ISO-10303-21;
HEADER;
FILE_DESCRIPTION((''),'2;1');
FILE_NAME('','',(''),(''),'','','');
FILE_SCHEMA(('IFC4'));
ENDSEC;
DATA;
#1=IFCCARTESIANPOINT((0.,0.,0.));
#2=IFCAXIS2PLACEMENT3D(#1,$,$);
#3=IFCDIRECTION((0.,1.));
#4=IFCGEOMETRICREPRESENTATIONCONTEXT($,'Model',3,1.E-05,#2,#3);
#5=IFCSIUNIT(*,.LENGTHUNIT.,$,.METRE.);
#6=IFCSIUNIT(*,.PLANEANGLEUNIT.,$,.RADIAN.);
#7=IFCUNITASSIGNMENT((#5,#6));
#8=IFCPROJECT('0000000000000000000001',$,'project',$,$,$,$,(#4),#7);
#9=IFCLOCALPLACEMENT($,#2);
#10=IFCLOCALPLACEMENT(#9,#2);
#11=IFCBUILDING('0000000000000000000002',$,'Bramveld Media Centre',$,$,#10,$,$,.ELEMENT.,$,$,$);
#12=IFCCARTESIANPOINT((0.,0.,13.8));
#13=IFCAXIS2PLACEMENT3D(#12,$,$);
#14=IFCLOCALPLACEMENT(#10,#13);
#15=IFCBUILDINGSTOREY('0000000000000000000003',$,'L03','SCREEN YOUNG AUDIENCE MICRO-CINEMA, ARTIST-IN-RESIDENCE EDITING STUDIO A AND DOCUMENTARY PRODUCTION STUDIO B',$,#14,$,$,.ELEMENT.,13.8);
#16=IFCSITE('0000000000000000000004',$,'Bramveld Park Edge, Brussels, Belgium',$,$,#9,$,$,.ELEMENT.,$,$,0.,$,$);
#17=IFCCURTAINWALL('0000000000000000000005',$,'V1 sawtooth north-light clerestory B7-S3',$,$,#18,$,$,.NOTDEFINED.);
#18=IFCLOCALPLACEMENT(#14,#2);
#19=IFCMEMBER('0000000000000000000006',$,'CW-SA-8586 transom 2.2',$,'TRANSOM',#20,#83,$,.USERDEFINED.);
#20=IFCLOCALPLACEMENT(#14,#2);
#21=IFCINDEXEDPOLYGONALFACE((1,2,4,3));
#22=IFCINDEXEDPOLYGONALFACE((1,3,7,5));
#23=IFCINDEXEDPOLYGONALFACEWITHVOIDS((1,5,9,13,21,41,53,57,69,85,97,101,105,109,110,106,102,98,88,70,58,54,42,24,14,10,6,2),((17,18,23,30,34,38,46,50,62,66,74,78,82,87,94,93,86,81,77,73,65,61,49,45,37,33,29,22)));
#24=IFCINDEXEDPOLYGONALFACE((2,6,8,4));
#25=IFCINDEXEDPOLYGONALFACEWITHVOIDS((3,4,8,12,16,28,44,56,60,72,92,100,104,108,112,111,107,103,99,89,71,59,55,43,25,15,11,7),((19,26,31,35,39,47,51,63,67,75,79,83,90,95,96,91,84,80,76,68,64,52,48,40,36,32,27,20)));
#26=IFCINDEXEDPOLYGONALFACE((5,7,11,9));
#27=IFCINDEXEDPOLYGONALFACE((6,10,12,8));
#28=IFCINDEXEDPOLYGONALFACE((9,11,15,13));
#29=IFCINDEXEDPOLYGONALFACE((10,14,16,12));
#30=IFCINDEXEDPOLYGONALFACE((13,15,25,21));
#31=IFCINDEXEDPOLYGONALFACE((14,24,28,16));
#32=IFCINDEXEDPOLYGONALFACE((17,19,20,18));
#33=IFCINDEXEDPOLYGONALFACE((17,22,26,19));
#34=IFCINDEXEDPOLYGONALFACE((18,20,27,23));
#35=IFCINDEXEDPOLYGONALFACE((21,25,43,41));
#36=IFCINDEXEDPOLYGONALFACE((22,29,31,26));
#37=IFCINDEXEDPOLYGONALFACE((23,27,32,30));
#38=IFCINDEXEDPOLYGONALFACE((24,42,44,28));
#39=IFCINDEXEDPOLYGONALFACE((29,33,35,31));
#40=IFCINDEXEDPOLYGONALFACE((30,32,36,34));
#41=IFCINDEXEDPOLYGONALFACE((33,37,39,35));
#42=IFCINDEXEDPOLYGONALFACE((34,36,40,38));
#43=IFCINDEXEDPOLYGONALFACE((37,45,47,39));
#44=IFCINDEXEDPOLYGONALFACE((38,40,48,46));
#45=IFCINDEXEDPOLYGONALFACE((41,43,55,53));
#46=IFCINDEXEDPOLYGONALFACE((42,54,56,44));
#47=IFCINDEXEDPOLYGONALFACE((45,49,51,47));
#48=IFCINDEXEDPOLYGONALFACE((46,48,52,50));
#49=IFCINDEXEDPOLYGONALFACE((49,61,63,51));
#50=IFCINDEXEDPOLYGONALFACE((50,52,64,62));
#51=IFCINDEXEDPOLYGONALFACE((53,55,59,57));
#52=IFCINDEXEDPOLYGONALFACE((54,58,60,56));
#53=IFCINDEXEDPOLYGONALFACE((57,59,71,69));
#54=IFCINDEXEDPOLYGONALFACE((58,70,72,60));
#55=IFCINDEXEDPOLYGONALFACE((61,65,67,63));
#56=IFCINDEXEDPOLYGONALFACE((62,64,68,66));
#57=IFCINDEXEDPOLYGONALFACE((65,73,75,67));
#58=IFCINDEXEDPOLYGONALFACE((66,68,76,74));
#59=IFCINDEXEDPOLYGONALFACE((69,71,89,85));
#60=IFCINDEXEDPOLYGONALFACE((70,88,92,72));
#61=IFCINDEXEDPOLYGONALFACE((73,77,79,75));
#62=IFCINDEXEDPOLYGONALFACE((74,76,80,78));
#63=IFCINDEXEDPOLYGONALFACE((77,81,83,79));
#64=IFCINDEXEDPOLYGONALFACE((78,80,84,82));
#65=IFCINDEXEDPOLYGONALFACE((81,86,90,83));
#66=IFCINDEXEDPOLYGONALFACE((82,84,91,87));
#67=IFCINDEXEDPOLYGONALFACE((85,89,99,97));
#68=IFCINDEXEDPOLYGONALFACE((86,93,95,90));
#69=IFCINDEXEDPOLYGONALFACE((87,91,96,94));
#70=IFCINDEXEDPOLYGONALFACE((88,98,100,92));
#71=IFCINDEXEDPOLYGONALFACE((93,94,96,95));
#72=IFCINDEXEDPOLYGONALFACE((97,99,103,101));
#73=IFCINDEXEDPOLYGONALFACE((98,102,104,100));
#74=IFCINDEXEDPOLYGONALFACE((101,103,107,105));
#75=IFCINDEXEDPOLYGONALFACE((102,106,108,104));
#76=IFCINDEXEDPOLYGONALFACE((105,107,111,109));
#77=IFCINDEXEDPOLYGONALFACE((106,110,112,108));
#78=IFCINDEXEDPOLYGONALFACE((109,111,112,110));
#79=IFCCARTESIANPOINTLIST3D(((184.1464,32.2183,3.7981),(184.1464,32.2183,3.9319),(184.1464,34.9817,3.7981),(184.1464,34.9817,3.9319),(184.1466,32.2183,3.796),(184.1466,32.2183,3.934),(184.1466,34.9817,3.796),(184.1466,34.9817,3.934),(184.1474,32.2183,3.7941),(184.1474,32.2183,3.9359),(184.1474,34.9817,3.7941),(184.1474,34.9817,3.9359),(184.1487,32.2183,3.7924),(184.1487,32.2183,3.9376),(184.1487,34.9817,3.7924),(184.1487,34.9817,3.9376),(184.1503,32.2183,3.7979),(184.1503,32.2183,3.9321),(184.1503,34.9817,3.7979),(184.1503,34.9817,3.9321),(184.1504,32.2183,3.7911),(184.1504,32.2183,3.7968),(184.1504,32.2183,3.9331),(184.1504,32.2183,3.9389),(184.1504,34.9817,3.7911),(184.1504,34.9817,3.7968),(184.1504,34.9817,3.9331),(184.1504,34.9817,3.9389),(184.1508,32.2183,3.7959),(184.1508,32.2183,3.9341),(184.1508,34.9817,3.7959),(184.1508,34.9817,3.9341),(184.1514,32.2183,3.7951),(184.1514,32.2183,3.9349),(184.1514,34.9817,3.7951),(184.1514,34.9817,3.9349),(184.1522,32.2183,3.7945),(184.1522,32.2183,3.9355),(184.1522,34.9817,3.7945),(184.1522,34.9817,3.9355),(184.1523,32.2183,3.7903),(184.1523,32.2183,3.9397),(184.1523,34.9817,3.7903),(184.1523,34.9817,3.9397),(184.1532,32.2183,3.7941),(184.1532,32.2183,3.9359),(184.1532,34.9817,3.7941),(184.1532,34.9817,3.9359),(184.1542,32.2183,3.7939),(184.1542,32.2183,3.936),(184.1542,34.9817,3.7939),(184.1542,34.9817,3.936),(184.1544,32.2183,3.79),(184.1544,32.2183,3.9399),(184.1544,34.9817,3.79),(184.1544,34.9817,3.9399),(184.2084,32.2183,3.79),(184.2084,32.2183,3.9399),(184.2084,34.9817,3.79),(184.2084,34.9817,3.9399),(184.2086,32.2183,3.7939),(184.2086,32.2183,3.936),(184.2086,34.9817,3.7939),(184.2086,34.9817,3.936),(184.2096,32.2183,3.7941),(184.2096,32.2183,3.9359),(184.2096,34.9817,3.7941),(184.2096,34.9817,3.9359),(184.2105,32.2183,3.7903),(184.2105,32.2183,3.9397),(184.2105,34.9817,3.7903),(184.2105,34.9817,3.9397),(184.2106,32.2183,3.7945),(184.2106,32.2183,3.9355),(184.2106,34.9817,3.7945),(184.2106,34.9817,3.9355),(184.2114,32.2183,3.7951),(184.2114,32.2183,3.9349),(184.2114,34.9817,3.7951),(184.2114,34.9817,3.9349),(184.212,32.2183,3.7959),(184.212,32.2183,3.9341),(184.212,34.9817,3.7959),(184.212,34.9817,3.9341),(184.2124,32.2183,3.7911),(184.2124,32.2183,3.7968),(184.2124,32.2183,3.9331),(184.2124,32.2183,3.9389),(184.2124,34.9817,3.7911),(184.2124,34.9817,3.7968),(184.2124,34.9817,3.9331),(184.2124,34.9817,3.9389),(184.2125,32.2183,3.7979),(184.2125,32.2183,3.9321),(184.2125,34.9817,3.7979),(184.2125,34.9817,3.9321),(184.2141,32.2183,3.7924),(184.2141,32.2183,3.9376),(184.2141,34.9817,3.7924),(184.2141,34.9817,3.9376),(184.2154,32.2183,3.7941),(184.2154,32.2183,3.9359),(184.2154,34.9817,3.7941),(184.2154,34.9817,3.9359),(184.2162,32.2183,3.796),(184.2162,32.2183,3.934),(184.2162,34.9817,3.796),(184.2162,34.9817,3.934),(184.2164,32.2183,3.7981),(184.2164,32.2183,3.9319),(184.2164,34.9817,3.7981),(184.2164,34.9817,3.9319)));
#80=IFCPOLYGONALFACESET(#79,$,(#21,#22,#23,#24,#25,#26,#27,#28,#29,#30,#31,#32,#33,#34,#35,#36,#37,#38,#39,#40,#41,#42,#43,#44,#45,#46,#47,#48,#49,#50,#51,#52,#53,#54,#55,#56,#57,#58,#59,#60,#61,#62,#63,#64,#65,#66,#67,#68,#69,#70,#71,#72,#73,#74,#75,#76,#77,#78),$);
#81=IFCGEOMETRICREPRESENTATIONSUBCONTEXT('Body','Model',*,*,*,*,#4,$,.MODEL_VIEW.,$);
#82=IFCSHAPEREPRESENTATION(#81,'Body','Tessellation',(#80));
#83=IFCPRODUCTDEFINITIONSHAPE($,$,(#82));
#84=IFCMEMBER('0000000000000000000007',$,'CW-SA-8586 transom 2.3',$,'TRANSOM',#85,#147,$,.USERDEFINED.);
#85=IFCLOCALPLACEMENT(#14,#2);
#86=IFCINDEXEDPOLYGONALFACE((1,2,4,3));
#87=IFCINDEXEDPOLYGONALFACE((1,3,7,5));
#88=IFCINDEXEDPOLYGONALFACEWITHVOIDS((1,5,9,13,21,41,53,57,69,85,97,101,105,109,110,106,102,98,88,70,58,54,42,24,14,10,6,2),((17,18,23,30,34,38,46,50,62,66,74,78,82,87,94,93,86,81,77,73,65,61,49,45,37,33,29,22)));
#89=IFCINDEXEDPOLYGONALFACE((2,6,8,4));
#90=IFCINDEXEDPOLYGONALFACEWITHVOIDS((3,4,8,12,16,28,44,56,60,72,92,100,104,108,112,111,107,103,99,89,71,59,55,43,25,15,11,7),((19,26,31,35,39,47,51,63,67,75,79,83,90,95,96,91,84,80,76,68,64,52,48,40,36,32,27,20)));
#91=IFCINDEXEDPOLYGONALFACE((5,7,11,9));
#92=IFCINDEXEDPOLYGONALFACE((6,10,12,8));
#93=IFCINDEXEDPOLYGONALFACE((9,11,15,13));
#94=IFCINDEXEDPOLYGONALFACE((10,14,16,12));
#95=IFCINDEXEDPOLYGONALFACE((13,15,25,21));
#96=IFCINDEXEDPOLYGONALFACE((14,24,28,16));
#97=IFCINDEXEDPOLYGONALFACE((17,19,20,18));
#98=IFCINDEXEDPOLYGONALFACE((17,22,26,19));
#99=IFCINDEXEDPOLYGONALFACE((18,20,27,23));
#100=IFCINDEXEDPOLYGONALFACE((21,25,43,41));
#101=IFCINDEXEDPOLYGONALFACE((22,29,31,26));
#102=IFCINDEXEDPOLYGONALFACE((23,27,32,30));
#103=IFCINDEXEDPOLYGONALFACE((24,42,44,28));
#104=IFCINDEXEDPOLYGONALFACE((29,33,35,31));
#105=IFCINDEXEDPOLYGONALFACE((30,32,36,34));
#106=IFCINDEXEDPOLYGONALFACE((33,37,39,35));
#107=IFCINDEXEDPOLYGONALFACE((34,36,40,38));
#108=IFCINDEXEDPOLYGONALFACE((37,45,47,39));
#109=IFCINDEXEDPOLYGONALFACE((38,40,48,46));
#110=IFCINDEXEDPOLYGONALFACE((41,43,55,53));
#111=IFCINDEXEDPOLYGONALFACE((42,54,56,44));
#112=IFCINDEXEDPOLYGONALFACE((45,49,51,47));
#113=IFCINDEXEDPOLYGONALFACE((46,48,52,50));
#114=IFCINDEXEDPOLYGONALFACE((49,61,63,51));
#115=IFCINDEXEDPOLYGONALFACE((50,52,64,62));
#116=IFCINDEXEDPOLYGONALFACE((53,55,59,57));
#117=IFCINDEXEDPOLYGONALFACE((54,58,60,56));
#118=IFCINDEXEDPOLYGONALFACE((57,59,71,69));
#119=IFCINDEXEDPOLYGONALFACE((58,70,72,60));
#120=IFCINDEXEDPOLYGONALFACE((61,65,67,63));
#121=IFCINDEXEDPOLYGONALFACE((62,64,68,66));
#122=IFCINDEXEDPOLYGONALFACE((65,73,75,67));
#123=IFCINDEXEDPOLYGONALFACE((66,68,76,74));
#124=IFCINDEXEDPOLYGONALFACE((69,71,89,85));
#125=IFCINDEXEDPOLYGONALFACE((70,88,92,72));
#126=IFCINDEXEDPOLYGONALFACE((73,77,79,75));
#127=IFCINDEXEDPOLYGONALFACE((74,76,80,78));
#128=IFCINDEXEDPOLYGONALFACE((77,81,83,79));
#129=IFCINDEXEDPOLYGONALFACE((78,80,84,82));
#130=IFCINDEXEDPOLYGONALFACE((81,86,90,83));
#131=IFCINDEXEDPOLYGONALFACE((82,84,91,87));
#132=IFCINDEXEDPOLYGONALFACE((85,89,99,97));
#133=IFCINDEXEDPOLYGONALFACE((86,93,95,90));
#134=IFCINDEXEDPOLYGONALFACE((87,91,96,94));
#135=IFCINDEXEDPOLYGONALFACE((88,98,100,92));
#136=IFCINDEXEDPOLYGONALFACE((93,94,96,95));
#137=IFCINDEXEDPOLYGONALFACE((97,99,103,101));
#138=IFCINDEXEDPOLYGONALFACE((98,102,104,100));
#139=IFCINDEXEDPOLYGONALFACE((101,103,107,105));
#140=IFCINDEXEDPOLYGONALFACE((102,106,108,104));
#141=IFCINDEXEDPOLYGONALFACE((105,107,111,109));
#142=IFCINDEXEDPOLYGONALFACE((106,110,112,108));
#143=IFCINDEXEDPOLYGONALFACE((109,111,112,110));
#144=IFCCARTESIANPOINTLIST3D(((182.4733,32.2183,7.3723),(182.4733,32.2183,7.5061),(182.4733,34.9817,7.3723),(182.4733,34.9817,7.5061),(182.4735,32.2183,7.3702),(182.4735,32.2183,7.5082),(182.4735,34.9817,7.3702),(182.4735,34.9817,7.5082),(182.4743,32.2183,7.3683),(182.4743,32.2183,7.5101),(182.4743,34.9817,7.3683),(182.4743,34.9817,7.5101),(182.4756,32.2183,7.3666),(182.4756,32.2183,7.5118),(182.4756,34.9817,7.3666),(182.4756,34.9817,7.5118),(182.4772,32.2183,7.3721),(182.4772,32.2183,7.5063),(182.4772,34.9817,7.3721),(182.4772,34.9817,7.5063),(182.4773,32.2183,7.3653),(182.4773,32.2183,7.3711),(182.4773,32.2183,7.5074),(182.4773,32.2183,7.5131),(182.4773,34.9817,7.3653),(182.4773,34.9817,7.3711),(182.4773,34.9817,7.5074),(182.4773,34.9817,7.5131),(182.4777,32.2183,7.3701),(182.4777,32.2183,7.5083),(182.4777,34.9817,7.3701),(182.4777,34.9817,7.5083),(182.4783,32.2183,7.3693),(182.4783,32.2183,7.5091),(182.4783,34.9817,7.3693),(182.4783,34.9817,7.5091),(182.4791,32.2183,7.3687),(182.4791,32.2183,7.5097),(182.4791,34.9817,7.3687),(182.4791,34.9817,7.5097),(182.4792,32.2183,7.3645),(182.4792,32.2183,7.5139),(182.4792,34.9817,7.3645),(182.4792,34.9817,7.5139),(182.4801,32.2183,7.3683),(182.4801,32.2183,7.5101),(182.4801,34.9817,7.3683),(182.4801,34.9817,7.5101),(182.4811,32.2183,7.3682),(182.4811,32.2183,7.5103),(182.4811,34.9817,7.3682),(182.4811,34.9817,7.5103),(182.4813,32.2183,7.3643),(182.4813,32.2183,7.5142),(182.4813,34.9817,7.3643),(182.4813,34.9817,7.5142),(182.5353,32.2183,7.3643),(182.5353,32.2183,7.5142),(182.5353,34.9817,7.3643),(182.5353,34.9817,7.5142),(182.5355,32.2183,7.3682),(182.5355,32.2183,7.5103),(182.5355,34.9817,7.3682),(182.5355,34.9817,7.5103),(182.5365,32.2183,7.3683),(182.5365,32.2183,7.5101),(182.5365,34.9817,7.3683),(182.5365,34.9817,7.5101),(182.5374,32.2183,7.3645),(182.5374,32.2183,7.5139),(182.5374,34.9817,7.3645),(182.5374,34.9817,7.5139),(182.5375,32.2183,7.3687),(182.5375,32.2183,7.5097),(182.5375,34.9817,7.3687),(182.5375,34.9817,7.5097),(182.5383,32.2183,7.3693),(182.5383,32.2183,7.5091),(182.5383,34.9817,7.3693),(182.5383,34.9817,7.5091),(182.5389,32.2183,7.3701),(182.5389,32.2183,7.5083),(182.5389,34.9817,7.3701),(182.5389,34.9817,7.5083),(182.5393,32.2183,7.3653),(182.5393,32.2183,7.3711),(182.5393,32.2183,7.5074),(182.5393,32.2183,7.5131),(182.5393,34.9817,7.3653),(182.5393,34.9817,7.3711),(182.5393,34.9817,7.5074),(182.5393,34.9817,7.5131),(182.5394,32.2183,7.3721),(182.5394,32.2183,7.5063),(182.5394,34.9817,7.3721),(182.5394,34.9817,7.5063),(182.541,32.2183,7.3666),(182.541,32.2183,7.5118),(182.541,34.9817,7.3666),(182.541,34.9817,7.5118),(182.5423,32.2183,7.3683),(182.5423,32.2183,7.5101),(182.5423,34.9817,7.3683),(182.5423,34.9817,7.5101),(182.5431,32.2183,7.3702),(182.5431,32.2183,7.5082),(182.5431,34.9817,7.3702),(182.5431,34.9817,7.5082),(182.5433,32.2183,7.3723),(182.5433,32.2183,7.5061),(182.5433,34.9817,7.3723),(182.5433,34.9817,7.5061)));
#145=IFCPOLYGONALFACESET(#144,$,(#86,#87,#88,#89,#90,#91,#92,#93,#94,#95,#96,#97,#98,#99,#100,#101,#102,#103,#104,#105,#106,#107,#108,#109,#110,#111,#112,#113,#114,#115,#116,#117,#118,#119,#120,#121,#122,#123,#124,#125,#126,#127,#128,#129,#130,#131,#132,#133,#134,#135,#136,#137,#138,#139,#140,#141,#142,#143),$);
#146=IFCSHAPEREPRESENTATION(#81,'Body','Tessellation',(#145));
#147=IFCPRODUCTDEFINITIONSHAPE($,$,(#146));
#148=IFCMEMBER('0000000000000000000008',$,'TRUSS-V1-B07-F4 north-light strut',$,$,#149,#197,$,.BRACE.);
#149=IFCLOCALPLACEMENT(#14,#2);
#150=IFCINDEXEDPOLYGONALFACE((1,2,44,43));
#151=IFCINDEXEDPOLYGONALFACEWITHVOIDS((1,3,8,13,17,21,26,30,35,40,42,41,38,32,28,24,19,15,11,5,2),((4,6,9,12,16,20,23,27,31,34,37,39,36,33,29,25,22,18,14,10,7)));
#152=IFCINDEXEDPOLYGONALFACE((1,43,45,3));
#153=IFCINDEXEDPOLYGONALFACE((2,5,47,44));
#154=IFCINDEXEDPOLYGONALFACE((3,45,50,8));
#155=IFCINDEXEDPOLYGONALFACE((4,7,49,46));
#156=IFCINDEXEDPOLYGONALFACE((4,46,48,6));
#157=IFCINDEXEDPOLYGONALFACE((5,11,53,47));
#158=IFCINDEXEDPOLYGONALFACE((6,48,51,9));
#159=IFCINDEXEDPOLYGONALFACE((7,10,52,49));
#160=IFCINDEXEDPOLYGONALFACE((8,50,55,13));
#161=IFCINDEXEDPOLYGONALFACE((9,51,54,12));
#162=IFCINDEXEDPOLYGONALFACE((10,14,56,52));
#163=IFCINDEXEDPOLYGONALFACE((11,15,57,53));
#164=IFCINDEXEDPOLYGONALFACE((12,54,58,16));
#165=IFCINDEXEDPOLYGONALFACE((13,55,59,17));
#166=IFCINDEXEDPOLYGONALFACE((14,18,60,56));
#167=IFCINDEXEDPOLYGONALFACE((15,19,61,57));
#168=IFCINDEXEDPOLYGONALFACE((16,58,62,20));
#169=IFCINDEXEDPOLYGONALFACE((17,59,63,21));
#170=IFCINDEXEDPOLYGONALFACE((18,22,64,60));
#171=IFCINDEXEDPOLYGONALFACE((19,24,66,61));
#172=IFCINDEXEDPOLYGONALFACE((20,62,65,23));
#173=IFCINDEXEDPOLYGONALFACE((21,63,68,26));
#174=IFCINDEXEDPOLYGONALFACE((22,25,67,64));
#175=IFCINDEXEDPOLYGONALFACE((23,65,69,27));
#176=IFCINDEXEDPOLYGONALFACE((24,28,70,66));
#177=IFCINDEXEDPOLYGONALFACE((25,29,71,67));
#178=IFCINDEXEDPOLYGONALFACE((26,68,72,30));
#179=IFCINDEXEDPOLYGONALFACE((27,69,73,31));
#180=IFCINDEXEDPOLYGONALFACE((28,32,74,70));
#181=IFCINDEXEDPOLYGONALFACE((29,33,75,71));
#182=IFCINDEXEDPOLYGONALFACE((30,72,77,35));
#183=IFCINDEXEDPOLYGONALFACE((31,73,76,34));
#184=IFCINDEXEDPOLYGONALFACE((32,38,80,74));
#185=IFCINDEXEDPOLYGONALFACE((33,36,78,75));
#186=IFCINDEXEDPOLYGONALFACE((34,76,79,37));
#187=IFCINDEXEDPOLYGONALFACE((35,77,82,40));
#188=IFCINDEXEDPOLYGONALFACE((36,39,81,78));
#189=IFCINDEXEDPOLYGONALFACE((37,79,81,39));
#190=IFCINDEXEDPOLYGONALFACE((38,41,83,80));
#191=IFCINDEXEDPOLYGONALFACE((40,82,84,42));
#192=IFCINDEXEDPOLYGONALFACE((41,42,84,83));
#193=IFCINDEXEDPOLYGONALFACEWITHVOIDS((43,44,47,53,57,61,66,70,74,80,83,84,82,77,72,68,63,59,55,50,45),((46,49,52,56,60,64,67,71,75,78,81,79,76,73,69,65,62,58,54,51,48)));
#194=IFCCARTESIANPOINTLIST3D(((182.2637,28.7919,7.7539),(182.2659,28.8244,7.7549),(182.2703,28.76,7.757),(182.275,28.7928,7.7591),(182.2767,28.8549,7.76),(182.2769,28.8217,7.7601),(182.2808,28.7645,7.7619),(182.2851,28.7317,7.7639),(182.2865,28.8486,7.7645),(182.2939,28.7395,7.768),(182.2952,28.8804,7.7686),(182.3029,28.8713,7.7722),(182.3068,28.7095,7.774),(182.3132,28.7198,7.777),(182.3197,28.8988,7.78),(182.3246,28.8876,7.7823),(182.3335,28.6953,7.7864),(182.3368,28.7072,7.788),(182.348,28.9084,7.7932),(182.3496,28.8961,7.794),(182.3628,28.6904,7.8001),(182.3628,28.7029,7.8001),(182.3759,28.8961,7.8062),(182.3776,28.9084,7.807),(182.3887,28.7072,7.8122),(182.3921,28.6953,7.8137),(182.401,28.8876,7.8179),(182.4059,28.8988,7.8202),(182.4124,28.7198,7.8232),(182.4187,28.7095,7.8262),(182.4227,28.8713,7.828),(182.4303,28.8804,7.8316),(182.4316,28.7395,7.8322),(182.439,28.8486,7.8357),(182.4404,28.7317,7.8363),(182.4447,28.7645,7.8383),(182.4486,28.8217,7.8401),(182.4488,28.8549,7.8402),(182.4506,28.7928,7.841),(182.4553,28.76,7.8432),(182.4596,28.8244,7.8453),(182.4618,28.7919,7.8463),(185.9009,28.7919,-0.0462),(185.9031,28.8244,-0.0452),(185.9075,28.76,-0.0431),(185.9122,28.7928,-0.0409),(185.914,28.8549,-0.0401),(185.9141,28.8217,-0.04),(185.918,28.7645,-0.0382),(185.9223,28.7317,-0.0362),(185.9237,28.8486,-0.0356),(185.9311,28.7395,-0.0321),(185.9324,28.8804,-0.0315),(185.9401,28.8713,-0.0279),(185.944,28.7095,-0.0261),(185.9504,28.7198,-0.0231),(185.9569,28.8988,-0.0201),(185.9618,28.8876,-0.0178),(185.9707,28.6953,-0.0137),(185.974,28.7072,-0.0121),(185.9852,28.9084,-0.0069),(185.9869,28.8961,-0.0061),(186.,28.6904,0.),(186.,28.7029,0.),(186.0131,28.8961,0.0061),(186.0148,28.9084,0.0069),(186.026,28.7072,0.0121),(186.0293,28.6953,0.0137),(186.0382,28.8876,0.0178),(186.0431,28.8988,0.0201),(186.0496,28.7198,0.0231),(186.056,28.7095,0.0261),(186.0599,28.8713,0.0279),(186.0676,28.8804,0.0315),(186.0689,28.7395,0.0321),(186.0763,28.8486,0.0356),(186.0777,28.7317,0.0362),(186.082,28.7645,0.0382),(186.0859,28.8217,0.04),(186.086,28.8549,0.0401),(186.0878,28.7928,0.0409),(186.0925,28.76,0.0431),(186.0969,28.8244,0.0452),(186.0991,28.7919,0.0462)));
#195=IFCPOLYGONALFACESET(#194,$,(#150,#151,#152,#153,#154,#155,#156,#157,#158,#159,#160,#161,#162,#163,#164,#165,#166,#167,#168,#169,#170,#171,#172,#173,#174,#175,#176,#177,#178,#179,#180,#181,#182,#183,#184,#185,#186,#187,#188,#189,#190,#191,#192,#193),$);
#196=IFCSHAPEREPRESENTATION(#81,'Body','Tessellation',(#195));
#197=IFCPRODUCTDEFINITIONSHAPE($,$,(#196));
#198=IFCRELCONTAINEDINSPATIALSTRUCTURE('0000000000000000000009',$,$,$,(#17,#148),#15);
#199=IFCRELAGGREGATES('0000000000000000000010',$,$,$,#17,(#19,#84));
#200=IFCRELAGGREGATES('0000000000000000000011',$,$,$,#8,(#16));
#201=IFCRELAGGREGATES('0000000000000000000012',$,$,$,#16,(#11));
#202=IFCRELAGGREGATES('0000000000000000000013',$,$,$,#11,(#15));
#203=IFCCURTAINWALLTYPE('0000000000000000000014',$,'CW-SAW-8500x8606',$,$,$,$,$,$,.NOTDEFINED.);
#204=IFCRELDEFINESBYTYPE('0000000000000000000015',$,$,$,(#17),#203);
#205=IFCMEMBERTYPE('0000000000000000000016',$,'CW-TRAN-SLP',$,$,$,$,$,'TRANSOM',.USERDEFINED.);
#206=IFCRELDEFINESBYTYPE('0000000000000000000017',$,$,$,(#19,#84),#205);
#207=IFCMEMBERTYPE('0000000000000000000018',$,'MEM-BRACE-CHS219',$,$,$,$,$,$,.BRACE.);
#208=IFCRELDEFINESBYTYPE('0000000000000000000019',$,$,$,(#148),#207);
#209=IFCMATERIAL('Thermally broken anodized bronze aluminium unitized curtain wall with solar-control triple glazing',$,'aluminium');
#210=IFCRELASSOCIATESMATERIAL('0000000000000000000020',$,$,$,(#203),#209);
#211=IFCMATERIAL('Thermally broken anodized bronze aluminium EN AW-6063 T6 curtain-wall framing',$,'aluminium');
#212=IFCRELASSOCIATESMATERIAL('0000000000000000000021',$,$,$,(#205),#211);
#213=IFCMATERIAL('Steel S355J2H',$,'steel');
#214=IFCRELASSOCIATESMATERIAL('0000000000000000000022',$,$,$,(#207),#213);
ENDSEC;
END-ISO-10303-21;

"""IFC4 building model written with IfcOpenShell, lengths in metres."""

from ifc_helpers import new_model, si_unit, direction, frame, origin, origin_2d, place, context, subcontext, project, spatial, hollow_rectangle, hollow_circle, extrude, material, material_profile, profile_set, type_object, element, aggregate, save


model = new_model("IFC4")

# Units and contexts
model_context = context("Model", 3, precision=1e-05, world=origin(), true_north=direction((0.0, 1.0)))
body_context = subcontext(model_context, "Body", "Model", "MODEL_VIEW")
ifc_project = project(units=[si_unit("LENGTHUNIT", "METRE"), si_unit("PLANEANGLEUNIT", "RADIAN")], contexts=[model_context])

# Site, building, storey
site_placement = place(None, origin())
site = spatial("IfcSite", under=ifc_project, at=site_placement, Name="Bramveld Park Edge, Brussels, Belgium", CompositionType="ELEMENT", RefElevation=0.0)
building_placement = place(site_placement, origin())
building = spatial("IfcBuilding", under=site, at=building_placement, Name="Bramveld Media Centre", CompositionType="ELEMENT")
storey_placement = place(building_placement, frame((0.0, 0.0, 13.8)))
storey = spatial("IfcBuildingStorey", under=building, at=storey_placement, Name="L03", Description="SCREEN YOUNG AUDIENCE MICRO-CINEMA, ARTIST-IN-RESIDENCE EDITING STUDIO A AND DOCUMENTARY PRODUCTION STUDIO B", CompositionType="ELEMENT", Elevation=13.8)

# Curtain wall, members
ifc_material_1 = material(Name="Thermally broken anodized bronze aluminium unitized curtain wall with solar-control triple glazing", Category="aluminium")
curtain_wall_type = type_object("IfcCurtainWallType", Name="CW-SAW-8500x8606", PredefinedType="NOTDEFINED", material=ifc_material_1)
curtain_wall_1_placement = place(storey_placement, origin())
curtain_wall_1 = element("IfcCurtainWall", 1, at=curtain_wall_1_placement, inside=storey, type_object=curtain_wall_type, Name="V1 sawtooth north-light clerestory B7-S3", PredefinedType="NOTDEFINED")
ifc_material_2 = material(Name="Thermally broken anodized bronze aluminium EN AW-6063 T6 curtain-wall framing", Category="aluminium")
ifc_material_profile_1 = material_profile(ifc_material_2, hollow_rectangle(XDim=0.0701, YDim=0.1499, WallThickness=0.0039, InnerFilletRadius=0.0039, OuterFilletRadius=0.0081, at=origin_2d()), Name="AL-TRAN 70x150")
ifc_profile_set_1 = profile_set([ifc_material_profile_1], Name="Thermally broken anodized bronze aluminium EN AW-6063 T6 curtain-wall framing")
member_type_1 = type_object("IfcMemberType", Name="CW-TRAN-SLP", ElementType="TRANSOM", PredefinedType="USERDEFINED", material=ifc_profile_set_1)
member_1_placement = place(storey_placement, frame((184.1814, 32.2183, 3.865), z_axis=(0.0, 1.0, 0.0), x_axis=(-1.0, 0.0, 0.0)))
member_1 = element("IfcMember", 2, at=member_1_placement, type_object=member_type_1, Name="CW-SA-8586 transom 2.2", ObjectType="TRANSOM", PredefinedType="USERDEFINED", context=body_context, shape_type="SweptSolid", body=[
    extrude(hollow_rectangle(XDim=0.0701, YDim=0.1499, WallThickness=0.0039, InnerFilletRadius=0.0039, OuterFilletRadius=0.0081, at=origin_2d()), origin(), (0.0, 0.0, 1.0), 2.7634),
])
member_2_placement = place(storey_placement, frame((182.5083, 32.2183, 7.4392), z_axis=(0.0, 1.0, 0.0), x_axis=(-1.0, 0.0, 0.0)))
member_2 = element("IfcMember", 3, at=member_2_placement, type_object=member_type_1, Name="CW-SA-8586 transom 2.3", ObjectType="TRANSOM", PredefinedType="USERDEFINED", context=body_context, shape_type="SweptSolid", body=[
    extrude(hollow_rectangle(XDim=0.0701, YDim=0.1499, WallThickness=0.0039, InnerFilletRadius=0.0039, OuterFilletRadius=0.0081, at=origin_2d()), origin(), (0.0, 0.0, 1.0), 2.7634),
])

# Member
ifc_material_3 = material(Name="Steel S355J2H", Category="steel")
ifc_material_profile_2 = material_profile(ifc_material_3, hollow_circle(Radius=0.1096, WallThickness=0.0125, at=origin_2d()), Name="CHS 219.1x12.5")
ifc_profile_set_2 = profile_set([ifc_material_profile_2], Name="Steel S355J2H")
member_type_2 = type_object("IfcMemberType", Name="MEM-BRACE-CHS219", PredefinedType="BRACE", material=ifc_profile_set_2)
member_3_placement = place(storey_placement, frame((186.0, 28.8, 0.0), z_axis=(-0.422617, 0.0, 0.906308), x_axis=(0.0, -1.0, 0.0)))
element("IfcMember", 4, at=member_3_placement, inside=storey, type_object=member_type_2, Name="TRUSS-V1-B07-F4 north-light strut", PredefinedType="BRACE", context=body_context, shape_type="SweptSolid", body=[
    extrude(hollow_circle(Radius=0.1096, WallThickness=0.0125, at=origin_2d()), origin(), (0.0, 0.0, 1.0), 8.6064),
])

aggregate(curtain_wall_1, [member_1, member_2])

save(model, "model.ifc")
